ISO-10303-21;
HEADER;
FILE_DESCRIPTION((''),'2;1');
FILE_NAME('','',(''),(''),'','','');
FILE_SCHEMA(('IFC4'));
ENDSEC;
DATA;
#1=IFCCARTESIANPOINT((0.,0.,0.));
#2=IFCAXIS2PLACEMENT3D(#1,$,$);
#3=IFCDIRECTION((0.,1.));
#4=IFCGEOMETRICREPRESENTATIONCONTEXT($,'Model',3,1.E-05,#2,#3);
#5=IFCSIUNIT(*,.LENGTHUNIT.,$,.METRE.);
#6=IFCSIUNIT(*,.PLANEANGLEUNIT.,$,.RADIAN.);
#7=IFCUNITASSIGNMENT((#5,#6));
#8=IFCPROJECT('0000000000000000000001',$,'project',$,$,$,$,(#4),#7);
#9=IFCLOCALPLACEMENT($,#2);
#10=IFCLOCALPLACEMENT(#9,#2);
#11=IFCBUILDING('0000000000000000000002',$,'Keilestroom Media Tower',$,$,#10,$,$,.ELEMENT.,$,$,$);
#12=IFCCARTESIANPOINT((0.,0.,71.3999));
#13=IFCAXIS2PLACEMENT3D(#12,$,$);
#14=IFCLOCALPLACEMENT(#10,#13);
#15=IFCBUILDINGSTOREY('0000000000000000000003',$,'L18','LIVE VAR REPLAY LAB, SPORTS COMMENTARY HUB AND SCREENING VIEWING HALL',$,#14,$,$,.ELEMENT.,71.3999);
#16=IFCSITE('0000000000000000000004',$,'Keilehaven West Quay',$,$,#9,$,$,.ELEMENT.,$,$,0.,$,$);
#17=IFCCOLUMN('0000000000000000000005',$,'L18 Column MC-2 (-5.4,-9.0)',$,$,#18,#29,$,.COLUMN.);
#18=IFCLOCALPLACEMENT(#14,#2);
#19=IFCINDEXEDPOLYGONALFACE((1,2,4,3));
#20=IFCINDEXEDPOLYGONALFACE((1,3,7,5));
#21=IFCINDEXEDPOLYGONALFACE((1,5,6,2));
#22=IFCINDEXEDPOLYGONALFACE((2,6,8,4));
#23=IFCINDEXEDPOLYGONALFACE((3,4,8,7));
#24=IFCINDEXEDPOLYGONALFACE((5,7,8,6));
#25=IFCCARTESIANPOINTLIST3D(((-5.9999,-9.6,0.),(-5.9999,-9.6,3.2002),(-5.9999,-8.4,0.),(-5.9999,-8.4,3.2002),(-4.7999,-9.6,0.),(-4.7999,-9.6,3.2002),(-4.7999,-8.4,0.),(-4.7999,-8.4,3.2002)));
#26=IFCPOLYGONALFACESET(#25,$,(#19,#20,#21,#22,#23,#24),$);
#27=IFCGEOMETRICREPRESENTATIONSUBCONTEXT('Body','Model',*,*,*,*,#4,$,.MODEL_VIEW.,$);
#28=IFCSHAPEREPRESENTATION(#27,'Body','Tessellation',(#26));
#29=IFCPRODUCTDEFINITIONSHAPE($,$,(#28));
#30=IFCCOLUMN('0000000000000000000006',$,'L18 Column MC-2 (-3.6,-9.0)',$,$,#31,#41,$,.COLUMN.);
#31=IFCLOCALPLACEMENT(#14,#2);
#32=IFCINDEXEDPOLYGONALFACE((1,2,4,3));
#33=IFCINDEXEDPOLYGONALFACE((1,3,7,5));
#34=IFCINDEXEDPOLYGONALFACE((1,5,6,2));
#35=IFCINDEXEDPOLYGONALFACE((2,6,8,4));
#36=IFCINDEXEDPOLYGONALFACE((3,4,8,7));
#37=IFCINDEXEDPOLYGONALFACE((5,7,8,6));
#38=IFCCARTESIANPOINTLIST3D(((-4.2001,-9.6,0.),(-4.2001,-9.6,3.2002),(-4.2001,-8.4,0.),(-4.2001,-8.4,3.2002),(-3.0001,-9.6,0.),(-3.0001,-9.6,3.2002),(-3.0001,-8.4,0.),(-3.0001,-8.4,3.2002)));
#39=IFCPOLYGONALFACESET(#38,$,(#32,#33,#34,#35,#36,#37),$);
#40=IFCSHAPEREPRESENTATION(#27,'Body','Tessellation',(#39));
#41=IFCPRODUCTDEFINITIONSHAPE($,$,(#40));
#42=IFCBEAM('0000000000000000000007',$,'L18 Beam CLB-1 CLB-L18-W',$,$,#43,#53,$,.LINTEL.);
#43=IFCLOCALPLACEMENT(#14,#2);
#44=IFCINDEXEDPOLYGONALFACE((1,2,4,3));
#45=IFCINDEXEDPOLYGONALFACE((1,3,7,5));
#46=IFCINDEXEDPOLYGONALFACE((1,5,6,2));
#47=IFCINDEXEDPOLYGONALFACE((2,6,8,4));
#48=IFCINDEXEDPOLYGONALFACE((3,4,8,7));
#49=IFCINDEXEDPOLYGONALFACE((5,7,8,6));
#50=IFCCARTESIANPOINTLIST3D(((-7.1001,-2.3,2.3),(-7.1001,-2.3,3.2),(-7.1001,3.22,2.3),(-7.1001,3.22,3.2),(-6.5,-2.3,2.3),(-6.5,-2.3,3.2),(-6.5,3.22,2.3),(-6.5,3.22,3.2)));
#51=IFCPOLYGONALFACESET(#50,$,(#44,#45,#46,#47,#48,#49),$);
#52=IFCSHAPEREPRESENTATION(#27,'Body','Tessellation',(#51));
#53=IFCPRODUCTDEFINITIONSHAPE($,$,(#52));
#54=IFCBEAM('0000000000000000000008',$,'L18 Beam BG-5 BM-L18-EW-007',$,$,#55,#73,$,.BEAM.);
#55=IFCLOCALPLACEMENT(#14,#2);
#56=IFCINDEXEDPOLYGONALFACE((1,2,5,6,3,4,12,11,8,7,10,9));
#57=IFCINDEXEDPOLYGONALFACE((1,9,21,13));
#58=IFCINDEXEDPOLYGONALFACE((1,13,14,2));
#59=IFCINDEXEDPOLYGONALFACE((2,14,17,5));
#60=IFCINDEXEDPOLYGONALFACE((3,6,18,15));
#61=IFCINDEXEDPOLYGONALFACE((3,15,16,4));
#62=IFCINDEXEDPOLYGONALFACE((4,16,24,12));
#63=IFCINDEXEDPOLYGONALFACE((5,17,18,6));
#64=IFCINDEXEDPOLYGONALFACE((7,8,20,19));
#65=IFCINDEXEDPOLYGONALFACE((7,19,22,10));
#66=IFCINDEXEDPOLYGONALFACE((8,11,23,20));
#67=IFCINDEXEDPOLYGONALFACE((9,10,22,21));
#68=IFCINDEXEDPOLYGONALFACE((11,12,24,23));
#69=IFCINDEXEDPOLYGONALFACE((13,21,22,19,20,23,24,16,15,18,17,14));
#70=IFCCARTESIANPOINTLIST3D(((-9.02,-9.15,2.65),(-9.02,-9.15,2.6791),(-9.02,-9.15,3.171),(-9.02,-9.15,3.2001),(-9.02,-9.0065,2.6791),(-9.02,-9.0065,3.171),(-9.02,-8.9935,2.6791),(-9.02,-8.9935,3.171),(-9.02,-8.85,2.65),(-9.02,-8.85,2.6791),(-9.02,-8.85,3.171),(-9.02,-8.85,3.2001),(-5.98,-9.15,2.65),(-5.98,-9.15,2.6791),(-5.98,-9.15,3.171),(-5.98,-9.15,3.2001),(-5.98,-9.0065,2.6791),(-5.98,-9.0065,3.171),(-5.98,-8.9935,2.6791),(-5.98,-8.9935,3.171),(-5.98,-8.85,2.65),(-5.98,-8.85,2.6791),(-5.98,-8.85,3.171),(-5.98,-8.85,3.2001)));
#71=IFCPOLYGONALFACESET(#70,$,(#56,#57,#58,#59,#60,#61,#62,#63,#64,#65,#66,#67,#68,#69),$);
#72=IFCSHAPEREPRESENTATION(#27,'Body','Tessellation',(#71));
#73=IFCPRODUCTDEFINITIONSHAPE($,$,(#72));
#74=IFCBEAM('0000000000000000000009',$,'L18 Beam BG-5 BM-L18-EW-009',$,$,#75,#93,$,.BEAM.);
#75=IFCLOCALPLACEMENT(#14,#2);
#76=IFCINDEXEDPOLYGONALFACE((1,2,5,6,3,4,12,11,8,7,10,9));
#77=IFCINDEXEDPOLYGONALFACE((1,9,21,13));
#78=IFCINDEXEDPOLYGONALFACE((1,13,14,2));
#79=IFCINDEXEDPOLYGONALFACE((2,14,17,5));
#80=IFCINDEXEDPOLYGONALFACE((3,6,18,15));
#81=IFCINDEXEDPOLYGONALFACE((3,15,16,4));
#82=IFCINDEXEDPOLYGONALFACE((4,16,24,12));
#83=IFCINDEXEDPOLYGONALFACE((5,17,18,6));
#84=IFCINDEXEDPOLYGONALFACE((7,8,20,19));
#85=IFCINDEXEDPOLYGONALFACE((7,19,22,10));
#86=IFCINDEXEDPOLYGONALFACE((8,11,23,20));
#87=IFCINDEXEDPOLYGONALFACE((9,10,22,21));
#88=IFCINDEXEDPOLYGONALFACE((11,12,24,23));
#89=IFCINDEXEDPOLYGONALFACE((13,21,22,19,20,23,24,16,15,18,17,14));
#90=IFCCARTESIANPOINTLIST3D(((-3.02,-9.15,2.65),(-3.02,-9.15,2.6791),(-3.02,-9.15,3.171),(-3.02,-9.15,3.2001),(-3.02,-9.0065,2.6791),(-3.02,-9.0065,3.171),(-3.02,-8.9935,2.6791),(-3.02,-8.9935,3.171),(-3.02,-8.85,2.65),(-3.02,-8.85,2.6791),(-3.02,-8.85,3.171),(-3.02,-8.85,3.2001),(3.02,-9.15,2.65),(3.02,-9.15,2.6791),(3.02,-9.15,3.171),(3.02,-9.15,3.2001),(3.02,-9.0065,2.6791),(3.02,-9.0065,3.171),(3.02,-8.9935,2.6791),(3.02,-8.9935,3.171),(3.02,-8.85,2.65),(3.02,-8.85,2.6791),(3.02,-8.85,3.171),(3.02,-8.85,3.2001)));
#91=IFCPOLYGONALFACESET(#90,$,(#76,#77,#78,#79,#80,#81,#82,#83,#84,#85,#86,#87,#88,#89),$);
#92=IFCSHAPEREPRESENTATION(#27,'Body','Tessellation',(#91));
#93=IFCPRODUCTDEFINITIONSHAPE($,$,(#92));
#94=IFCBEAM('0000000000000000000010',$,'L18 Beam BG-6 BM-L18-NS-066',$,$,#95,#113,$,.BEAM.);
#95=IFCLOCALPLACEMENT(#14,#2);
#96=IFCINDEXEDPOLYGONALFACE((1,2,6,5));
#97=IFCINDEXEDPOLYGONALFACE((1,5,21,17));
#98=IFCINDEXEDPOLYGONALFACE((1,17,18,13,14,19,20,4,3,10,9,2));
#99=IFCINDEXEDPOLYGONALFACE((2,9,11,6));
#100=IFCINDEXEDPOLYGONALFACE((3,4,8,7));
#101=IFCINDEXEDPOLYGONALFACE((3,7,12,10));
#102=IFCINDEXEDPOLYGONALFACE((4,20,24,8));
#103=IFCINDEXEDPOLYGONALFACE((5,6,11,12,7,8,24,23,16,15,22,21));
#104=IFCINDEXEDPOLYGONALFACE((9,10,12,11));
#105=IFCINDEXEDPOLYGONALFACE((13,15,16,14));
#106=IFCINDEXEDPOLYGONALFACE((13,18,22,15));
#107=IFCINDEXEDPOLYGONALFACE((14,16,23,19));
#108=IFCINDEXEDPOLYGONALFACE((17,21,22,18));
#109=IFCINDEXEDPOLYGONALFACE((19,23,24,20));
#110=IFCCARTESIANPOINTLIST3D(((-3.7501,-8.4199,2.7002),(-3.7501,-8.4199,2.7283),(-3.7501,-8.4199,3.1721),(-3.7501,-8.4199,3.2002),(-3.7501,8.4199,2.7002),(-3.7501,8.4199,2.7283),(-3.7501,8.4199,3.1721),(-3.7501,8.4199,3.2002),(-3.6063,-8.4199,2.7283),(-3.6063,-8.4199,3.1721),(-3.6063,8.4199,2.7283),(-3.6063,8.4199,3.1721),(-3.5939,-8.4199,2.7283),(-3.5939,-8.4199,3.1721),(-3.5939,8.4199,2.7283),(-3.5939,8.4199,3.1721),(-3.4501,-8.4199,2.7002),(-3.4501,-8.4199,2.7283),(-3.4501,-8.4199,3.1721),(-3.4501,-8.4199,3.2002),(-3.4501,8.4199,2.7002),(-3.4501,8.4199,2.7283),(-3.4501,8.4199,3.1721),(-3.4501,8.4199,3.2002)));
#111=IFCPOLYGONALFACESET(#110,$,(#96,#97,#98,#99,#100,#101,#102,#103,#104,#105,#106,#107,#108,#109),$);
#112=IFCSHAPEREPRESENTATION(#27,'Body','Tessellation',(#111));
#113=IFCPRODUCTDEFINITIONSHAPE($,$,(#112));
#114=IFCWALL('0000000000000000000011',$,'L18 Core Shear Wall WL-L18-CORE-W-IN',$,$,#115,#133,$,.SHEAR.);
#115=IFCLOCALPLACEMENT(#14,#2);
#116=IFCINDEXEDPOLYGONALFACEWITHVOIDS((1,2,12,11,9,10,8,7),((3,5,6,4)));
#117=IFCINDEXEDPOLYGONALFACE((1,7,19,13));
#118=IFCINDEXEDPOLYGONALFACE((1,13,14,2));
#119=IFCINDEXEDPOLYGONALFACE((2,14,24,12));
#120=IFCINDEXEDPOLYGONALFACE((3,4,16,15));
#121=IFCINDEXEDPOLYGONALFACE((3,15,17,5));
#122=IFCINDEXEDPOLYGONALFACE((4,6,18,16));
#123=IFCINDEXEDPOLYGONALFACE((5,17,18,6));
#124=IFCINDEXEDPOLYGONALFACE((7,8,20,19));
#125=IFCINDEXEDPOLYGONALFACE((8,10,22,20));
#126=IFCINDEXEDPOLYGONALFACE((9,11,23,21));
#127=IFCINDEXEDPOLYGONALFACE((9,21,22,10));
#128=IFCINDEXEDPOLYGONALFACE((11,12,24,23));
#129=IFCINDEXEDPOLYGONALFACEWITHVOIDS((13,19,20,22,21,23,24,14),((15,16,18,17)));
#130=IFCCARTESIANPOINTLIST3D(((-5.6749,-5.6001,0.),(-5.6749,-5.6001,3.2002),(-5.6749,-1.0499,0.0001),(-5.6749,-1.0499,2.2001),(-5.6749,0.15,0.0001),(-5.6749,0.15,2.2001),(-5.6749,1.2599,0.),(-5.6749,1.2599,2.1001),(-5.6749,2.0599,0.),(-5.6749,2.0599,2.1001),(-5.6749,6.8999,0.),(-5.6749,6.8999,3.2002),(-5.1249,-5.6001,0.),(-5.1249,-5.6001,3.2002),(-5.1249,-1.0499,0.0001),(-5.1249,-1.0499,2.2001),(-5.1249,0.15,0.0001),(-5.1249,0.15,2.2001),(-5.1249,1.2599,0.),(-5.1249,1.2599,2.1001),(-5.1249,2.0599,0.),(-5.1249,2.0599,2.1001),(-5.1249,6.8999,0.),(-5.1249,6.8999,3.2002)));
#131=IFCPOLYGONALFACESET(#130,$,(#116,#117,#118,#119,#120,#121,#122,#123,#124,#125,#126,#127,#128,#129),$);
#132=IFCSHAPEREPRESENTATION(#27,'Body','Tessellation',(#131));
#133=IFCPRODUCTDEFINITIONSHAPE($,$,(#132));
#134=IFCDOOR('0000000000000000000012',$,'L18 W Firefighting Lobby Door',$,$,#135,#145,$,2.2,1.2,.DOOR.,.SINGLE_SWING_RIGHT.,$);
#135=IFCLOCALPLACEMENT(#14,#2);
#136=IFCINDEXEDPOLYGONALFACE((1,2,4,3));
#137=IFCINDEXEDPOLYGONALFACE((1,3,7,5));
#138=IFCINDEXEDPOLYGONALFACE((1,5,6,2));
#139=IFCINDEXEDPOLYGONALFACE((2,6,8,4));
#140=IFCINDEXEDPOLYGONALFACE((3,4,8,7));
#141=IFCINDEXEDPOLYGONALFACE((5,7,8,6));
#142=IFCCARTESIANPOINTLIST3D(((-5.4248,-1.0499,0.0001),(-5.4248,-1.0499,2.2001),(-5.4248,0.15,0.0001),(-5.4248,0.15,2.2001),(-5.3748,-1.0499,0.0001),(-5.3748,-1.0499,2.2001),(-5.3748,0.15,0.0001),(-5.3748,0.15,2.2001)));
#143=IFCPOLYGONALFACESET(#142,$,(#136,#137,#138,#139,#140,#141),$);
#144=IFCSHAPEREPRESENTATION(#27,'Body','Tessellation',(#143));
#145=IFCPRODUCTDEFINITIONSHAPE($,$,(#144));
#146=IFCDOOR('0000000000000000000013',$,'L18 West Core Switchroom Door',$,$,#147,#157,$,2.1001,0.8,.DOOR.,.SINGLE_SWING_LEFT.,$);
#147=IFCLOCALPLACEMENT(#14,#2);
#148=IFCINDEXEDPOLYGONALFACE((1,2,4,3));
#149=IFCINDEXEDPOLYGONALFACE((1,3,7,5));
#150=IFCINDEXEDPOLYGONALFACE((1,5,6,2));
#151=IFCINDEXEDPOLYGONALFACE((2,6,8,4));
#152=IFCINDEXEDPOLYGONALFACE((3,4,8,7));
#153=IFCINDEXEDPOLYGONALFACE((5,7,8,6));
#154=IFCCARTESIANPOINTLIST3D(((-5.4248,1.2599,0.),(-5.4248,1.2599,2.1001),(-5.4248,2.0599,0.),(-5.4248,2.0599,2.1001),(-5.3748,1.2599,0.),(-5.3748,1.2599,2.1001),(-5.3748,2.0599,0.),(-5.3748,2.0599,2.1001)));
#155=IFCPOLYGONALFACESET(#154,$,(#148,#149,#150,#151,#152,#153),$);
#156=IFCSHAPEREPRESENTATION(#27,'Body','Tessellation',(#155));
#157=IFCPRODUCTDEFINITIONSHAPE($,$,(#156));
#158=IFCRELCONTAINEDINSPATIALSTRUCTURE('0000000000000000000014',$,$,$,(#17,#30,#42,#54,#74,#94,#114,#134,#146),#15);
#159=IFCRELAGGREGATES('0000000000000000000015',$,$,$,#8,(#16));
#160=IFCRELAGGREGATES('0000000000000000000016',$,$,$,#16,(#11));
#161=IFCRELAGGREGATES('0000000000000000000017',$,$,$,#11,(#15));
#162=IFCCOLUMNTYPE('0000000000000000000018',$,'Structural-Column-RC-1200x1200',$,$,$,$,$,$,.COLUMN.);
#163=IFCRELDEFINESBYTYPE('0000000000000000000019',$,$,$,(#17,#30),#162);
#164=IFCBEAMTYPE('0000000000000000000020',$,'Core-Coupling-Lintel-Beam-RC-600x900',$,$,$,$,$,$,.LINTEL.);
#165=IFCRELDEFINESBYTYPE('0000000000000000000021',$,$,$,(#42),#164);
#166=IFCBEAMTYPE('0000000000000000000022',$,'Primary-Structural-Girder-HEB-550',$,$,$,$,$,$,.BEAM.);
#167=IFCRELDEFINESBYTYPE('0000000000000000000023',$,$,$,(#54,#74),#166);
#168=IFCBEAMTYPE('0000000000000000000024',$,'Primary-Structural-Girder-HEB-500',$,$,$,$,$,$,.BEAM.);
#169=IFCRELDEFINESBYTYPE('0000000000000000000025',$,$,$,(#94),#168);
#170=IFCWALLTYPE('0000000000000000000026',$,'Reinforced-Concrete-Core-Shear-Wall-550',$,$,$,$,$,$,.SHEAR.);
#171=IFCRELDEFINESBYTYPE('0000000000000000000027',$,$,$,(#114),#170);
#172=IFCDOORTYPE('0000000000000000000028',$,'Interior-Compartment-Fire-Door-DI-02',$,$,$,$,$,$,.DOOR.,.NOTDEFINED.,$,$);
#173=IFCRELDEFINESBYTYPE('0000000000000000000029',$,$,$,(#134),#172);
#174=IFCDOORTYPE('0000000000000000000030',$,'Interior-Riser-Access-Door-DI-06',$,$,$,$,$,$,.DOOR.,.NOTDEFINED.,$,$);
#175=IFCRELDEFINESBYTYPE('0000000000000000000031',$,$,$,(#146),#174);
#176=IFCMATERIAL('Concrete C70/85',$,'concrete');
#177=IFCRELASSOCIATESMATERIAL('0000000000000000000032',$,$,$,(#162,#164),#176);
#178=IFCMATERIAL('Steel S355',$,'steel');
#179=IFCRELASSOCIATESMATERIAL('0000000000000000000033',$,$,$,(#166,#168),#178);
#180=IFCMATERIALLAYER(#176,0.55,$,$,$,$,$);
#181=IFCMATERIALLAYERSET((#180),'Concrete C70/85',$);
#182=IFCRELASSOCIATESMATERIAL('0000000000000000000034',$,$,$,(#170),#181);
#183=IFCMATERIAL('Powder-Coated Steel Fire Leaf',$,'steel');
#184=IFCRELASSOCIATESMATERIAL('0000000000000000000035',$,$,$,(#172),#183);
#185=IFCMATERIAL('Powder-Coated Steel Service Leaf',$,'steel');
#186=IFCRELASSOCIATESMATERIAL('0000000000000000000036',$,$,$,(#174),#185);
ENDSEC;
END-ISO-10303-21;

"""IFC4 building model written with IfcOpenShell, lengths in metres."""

from ifc_helpers import new_model, si_unit, direction, frame, frame_2d, origin, origin_2d, place, context, subcontext, project, spatial, rectangle, i_section, extrude, source, transform, mapped, material, layer, layer_set, material_profile, profile_set, type_object, element, fill, save


model = new_model("IFC4")

# Units and contexts
model_context = context("Model", 3, precision=1e-05, world=origin(), true_north=direction((0.0, 1.0)))
body_context = subcontext(model_context, "Body", "Model", "MODEL_VIEW")
ifc_project = project(units=[si_unit("LENGTHUNIT", "METRE"), si_unit("PLANEANGLEUNIT", "RADIAN")], contexts=[model_context])

# Site, building, storey
site_placement = place(None, origin())
site = spatial("IfcSite", under=ifc_project, at=site_placement, Name="Keilehaven West Quay", CompositionType="ELEMENT", RefElevation=0.0)
building_placement = place(site_placement, origin())
building = spatial("IfcBuilding", under=site, at=building_placement, Name="Keilestroom Media Tower", CompositionType="ELEMENT")
storey_placement = place(building_placement, frame((0.0, 0.0, 71.3999)))
storey = spatial("IfcBuildingStorey", under=building, at=storey_placement, Name="L18", Description="LIVE VAR REPLAY LAB, SPORTS COMMENTARY HUB AND SCREENING VIEWING HALL", CompositionType="ELEMENT", Elevation=71.3999)

# Columns
ifc_material_1 = material(Name="Concrete C70/85", Category="concrete")
ifc_material_profile_1 = material_profile(ifc_material_1, rectangle(XDim=1.2, YDim=1.2, at=origin_2d()), Name="RC 1200x1200")
ifc_profile_set_1 = profile_set([ifc_material_profile_1], Name="Concrete C70/85")
column_type = type_object("IfcColumnType", Name="Structural-Column-RC-1200x1200", PredefinedType="COLUMN", material=ifc_profile_set_1)
shared_shape_1 = source(origin(), body_context, "Body", "SweptSolid", [
    extrude(rectangle(XDim=1.2, YDim=1.2, at=origin_2d()), origin(), (0.0, 0.0, 1.0), 3.2002),
])
for number, where, z_axis, x_axis, name in (
    (1, (-5.3999, -9.0, 0.0), (0.0, 0.0, 1.0), (1.0, 0.0, 0.0), "L18 Column MC-2 (-5.4,-9.0)"),
    (2, (-3.6001, -9.0, 0.0), (0.0, 0.0, 1.0), (1.0, 0.0, 0.0), "L18 Column MC-2 (-3.6,-9.0)"),
):
    element("IfcColumn", number, at=place(storey_placement, frame(where, z_axis=z_axis, x_axis=x_axis)), inside=storey, type_object=column_type, Name=name, PredefinedType="COLUMN", context=body_context, shape_type="MappedRepresentation", body=[
        mapped(shared_shape_1, transform((0.0, 0.0, 0.0), x_axis=(1.0, 0.0, 0.0), y_axis=(0.0, 1.0, 0.0), z_axis=(0.0, 0.0, 1.0), scale=1.0)),
    ])

# Beams
ifc_material_profile_2 = material_profile(ifc_material_1, rectangle(XDim=0.6001, YDim=0.8999, at=origin_2d()), Name="RC 600x900")
ifc_profile_set_2 = profile_set([ifc_material_profile_2], Name="Concrete C70/85")
beam_type_1 = type_object("IfcBeamType", Name="Core-Coupling-Lintel-Beam-RC-600x900", PredefinedType="LINTEL", material=ifc_profile_set_2)
shared_shape_2 = source(origin(), body_context, "Body", "SweptSolid", [
    extrude(rectangle(XDim=0.6001, YDim=0.8999, at=origin_2d()), origin(), (0.0, 0.0, 1.0), 5.52),
])
beam_1_placement = place(storey_placement, frame((-6.8, -2.3, 2.75), z_axis=(0.0, 1.0, 0.0), x_axis=(-1.0, 0.0, 0.0)))
element("IfcBeam", 3, at=beam_1_placement, inside=storey, type_object=beam_type_1, Name="L18 Beam CLB-1 CLB-L18-W", PredefinedType="LINTEL", context=body_context, shape_type="MappedRepresentation", body=[
    mapped(shared_shape_2, transform((0.0, 0.0, 0.0), x_axis=(1.0, 0.0, 0.0), y_axis=(0.0, 1.0, 0.0), z_axis=(0.0, 0.0, 1.0), scale=1.0)),
])
ifc_material_2 = material(Name="Steel S355", Category="steel")
ifc_material_profile_3 = material_profile(ifc_material_2, i_section(OverallWidth=0.3, OverallDepth=0.55, WebThickness=0.0129, FlangeThickness=0.0291, at=origin_2d()), Name="HEB 550")
ifc_profile_set_3 = profile_set([ifc_material_profile_3], Name="Steel S355")
beam_type_2 = type_object("IfcBeamType", Name="Primary-Structural-Girder-HEB-550", PredefinedType="BEAM", material=ifc_profile_set_3)
shared_shape_3 = source(origin(), body_context, "Body", "SweptSolid", [
    extrude(i_section(OverallWidth=0.3, OverallDepth=0.55, WebThickness=0.0129, FlangeThickness=0.0291, at=origin_2d()), origin(), (0.0, 0.0, 1.0), 3.04),
])
beam_2_placement = place(storey_placement, frame((-9.02, -9.0, 2.925), z_axis=(1.0, 0.0, 0.0), x_axis=(0.0, 1.0, 0.0)))
element("IfcBeam", 4, at=beam_2_placement, inside=storey, type_object=beam_type_2, Name="L18 Beam BG-5 BM-L18-EW-007", PredefinedType="BEAM", context=body_context, shape_type="MappedRepresentation", body=[
    mapped(shared_shape_3, transform((0.0, 0.0, 0.0), x_axis=(1.0, 0.0, 0.0), y_axis=(0.0, 1.0, 0.0), z_axis=(0.0, 0.0, 1.0), scale=1.0)),
])
shared_shape_4 = source(origin(), body_context, "Body", "SweptSolid", [
    extrude(i_section(OverallWidth=0.3, OverallDepth=0.55, WebThickness=0.0129, FlangeThickness=0.0291, at=origin_2d()), origin(), (0.0, 0.0, 1.0), 6.04),
])
beam_3_placement = place(storey_placement, frame((-3.02, -9.0, 2.925), z_axis=(1.0, 0.0, 0.0), x_axis=(0.0, 1.0, 0.0)))
element("IfcBeam", 5, at=beam_3_placement, inside=storey, type_object=beam_type_2, Name="L18 Beam BG-5 BM-L18-EW-009", PredefinedType="BEAM", context=body_context, shape_type="MappedRepresentation", body=[
    mapped(shared_shape_4, transform((0.0, 0.0, 0.0), x_axis=(1.0, 0.0, 0.0), y_axis=(0.0, 1.0, 0.0), z_axis=(0.0, 0.0, 1.0), scale=1.0)),
])
ifc_material_profile_4 = material_profile(ifc_material_2, i_section(OverallWidth=0.3, OverallDepth=0.5, WebThickness=0.0125, FlangeThickness=0.0281, at=origin_2d()), Name="HEB 500")
ifc_profile_set_4 = profile_set([ifc_material_profile_4], Name="Steel S355")
beam_type_3 = type_object("IfcBeamType", Name="Primary-Structural-Girder-HEB-500", PredefinedType="BEAM", material=ifc_profile_set_4)
shared_shape_5 = source(origin(), body_context, "Body", "SweptSolid", [
    extrude(i_section(OverallWidth=0.3, OverallDepth=0.5, WebThickness=0.0125, FlangeThickness=0.0281, at=origin_2d()), origin(), (0.0, 0.0, 1.0), 16.8398),
])
beam_4_placement = place(storey_placement, frame((-3.6001, -8.4199, 2.9502), z_axis=(0.0, 1.0, 0.0), x_axis=(-1.0, 0.0, 0.0)))
element("IfcBeam", 6, at=beam_4_placement, inside=storey, type_object=beam_type_3, Name="L18 Beam BG-6 BM-L18-NS-066", PredefinedType="BEAM", context=body_context, shape_type="MappedRepresentation", body=[
    mapped(shared_shape_5, transform((0.0, 0.0, 0.0), x_axis=(1.0, 0.0, 0.0), y_axis=(0.0, 1.0, 0.0), z_axis=(0.0, 0.0, 1.0), scale=1.0)),
])

# Wall, openings, doors
ifc_layer_1 = layer(ifc_material_1, 0.55)
ifc_layer_set_1 = layer_set([ifc_layer_1], Name="Concrete C70/85")
wall_type_1 = type_object("IfcWallType", Name="Reinforced-Concrete-Core-Shear-Wall-550", PredefinedType="SHEAR", material=ifc_layer_set_1)
wall_1_placement = place(storey_placement, frame((-5.3999, -5.6001, 0.0), z_axis=(0.0, 0.0, 1.0), x_axis=(0.0, 1.0, 0.0)))
wall_1 = element("IfcWall", 7, at=wall_1_placement, inside=storey, type_object=wall_type_1, Name="L18 Core Shear Wall WL-L18-CORE-W-IN", PredefinedType="SHEAR", context=body_context, shape_type="SweptSolid", body=[
    extrude(rectangle(XDim=12.5, YDim=0.55, at=frame_2d((6.25, 0.0))), origin(), (0.0, 0.0, 1.0), 3.2002),
])
opening_1_placement = place(wall_1_placement, frame((4.55, 0.0, 0.0)))
opening_1 = element("IfcOpeningElement", 8, at=opening_1_placement, cuts=wall_1, PredefinedType="OPENING", context=body_context, shape_type="SweptSolid", body=[
    extrude(rectangle(XDim=1.2, YDim=2.2, at=frame_2d((0.6001, 1.1001))), frame((0.0, 0.2852, 0.0), z_axis=(0.0, -1.0, 0.0), x_axis=(1.0, 0.0, 0.0)), (0.0, 0.0, 1.0), 0.5701),
])
opening_2_placement = place(wall_1_placement, frame((6.8601, 0.0, 0.0)))
opening_2 = element("IfcOpeningElement", 9, at=opening_2_placement, cuts=wall_1, PredefinedType="OPENING", context=body_context, shape_type="SweptSolid", body=[
    extrude(rectangle(XDim=0.8, YDim=2.1001, at=frame_2d((0.3999, 1.05))), frame((0.0, 0.2852, 0.0), z_axis=(0.0, -1.0, 0.0), x_axis=(1.0, 0.0, 0.0)), (0.0, 0.0, 1.0), 0.5701),
])
ifc_material_3 = material(Name="Powder-Coated Steel Fire Leaf", Category="steel")
door_type_1 = type_object("IfcDoorType", Name="Interior-Compartment-Fire-Door-DI-02", OperationType="NOTDEFINED", PredefinedType="DOOR", material=ifc_material_3)
shared_shape_6 = source(origin(), body_context, "Body", "SweptSolid", [
    extrude(rectangle(XDim=1.2, YDim=2.2, at=frame_2d((0.6001, 1.1001))), frame((0.0, 0.0249, 0.0), z_axis=(0.0, -1.0, 0.0), x_axis=(1.0, 0.0, 0.0)), (0.0, 0.0, 1.0), 0.05),
])
door_1_placement = place(opening_1_placement, origin())
door_1 = element("IfcDoor", 10, at=door_1_placement, inside=storey, type_object=door_type_1, Name="L18 W Firefighting Lobby Door", OperationType="SINGLE_SWING_RIGHT", OverallHeight=2.2, OverallWidth=1.2, PredefinedType="DOOR", context=body_context, shape_type="MappedRepresentation", body=[
    mapped(shared_shape_6, transform((0.0, 0.0, 0.0), x_axis=(1.0, 0.0, 0.0), y_axis=(0.0, 1.0, 0.0), z_axis=(0.0, 0.0, 1.0), scale=1.0)),
])
fill(opening_1, door_1)
ifc_material_4 = material(Name="Powder-Coated Steel Service Leaf", Category="steel")
door_type_2 = type_object("IfcDoorType", Name="Interior-Riser-Access-Door-DI-06", OperationType="NOTDEFINED", PredefinedType="DOOR", material=ifc_material_4)
shared_shape_7 = source(origin(), body_context, "Body", "SweptSolid", [
    extrude(rectangle(XDim=0.8, YDim=2.1001, at=frame_2d((0.3999, 1.05))), frame((0.0, 0.0249, 0.0), z_axis=(0.0, -1.0, 0.0), x_axis=(1.0, 0.0, 0.0)), (0.0, 0.0, 1.0), 0.05),
])
door_2_placement = place(opening_2_placement, origin())
door_2 = element("IfcDoor", 11, at=door_2_placement, inside=storey, type_object=door_type_2, Name="L18 West Core Switchroom Door", OperationType="SINGLE_SWING_LEFT", OverallHeight=2.1001, OverallWidth=0.8, PredefinedType="DOOR", context=body_context, shape_type="MappedRepresentation", body=[
    mapped(shared_shape_7, transform((0.0, 0.0, 0.0), x_axis=(1.0, 0.0, 0.0), y_axis=(0.0, 1.0, 0.0), z_axis=(0.0, 0.0, 1.0), scale=1.0)),
])
fill(opening_2, door_2)

save(model, "model.ifc")
